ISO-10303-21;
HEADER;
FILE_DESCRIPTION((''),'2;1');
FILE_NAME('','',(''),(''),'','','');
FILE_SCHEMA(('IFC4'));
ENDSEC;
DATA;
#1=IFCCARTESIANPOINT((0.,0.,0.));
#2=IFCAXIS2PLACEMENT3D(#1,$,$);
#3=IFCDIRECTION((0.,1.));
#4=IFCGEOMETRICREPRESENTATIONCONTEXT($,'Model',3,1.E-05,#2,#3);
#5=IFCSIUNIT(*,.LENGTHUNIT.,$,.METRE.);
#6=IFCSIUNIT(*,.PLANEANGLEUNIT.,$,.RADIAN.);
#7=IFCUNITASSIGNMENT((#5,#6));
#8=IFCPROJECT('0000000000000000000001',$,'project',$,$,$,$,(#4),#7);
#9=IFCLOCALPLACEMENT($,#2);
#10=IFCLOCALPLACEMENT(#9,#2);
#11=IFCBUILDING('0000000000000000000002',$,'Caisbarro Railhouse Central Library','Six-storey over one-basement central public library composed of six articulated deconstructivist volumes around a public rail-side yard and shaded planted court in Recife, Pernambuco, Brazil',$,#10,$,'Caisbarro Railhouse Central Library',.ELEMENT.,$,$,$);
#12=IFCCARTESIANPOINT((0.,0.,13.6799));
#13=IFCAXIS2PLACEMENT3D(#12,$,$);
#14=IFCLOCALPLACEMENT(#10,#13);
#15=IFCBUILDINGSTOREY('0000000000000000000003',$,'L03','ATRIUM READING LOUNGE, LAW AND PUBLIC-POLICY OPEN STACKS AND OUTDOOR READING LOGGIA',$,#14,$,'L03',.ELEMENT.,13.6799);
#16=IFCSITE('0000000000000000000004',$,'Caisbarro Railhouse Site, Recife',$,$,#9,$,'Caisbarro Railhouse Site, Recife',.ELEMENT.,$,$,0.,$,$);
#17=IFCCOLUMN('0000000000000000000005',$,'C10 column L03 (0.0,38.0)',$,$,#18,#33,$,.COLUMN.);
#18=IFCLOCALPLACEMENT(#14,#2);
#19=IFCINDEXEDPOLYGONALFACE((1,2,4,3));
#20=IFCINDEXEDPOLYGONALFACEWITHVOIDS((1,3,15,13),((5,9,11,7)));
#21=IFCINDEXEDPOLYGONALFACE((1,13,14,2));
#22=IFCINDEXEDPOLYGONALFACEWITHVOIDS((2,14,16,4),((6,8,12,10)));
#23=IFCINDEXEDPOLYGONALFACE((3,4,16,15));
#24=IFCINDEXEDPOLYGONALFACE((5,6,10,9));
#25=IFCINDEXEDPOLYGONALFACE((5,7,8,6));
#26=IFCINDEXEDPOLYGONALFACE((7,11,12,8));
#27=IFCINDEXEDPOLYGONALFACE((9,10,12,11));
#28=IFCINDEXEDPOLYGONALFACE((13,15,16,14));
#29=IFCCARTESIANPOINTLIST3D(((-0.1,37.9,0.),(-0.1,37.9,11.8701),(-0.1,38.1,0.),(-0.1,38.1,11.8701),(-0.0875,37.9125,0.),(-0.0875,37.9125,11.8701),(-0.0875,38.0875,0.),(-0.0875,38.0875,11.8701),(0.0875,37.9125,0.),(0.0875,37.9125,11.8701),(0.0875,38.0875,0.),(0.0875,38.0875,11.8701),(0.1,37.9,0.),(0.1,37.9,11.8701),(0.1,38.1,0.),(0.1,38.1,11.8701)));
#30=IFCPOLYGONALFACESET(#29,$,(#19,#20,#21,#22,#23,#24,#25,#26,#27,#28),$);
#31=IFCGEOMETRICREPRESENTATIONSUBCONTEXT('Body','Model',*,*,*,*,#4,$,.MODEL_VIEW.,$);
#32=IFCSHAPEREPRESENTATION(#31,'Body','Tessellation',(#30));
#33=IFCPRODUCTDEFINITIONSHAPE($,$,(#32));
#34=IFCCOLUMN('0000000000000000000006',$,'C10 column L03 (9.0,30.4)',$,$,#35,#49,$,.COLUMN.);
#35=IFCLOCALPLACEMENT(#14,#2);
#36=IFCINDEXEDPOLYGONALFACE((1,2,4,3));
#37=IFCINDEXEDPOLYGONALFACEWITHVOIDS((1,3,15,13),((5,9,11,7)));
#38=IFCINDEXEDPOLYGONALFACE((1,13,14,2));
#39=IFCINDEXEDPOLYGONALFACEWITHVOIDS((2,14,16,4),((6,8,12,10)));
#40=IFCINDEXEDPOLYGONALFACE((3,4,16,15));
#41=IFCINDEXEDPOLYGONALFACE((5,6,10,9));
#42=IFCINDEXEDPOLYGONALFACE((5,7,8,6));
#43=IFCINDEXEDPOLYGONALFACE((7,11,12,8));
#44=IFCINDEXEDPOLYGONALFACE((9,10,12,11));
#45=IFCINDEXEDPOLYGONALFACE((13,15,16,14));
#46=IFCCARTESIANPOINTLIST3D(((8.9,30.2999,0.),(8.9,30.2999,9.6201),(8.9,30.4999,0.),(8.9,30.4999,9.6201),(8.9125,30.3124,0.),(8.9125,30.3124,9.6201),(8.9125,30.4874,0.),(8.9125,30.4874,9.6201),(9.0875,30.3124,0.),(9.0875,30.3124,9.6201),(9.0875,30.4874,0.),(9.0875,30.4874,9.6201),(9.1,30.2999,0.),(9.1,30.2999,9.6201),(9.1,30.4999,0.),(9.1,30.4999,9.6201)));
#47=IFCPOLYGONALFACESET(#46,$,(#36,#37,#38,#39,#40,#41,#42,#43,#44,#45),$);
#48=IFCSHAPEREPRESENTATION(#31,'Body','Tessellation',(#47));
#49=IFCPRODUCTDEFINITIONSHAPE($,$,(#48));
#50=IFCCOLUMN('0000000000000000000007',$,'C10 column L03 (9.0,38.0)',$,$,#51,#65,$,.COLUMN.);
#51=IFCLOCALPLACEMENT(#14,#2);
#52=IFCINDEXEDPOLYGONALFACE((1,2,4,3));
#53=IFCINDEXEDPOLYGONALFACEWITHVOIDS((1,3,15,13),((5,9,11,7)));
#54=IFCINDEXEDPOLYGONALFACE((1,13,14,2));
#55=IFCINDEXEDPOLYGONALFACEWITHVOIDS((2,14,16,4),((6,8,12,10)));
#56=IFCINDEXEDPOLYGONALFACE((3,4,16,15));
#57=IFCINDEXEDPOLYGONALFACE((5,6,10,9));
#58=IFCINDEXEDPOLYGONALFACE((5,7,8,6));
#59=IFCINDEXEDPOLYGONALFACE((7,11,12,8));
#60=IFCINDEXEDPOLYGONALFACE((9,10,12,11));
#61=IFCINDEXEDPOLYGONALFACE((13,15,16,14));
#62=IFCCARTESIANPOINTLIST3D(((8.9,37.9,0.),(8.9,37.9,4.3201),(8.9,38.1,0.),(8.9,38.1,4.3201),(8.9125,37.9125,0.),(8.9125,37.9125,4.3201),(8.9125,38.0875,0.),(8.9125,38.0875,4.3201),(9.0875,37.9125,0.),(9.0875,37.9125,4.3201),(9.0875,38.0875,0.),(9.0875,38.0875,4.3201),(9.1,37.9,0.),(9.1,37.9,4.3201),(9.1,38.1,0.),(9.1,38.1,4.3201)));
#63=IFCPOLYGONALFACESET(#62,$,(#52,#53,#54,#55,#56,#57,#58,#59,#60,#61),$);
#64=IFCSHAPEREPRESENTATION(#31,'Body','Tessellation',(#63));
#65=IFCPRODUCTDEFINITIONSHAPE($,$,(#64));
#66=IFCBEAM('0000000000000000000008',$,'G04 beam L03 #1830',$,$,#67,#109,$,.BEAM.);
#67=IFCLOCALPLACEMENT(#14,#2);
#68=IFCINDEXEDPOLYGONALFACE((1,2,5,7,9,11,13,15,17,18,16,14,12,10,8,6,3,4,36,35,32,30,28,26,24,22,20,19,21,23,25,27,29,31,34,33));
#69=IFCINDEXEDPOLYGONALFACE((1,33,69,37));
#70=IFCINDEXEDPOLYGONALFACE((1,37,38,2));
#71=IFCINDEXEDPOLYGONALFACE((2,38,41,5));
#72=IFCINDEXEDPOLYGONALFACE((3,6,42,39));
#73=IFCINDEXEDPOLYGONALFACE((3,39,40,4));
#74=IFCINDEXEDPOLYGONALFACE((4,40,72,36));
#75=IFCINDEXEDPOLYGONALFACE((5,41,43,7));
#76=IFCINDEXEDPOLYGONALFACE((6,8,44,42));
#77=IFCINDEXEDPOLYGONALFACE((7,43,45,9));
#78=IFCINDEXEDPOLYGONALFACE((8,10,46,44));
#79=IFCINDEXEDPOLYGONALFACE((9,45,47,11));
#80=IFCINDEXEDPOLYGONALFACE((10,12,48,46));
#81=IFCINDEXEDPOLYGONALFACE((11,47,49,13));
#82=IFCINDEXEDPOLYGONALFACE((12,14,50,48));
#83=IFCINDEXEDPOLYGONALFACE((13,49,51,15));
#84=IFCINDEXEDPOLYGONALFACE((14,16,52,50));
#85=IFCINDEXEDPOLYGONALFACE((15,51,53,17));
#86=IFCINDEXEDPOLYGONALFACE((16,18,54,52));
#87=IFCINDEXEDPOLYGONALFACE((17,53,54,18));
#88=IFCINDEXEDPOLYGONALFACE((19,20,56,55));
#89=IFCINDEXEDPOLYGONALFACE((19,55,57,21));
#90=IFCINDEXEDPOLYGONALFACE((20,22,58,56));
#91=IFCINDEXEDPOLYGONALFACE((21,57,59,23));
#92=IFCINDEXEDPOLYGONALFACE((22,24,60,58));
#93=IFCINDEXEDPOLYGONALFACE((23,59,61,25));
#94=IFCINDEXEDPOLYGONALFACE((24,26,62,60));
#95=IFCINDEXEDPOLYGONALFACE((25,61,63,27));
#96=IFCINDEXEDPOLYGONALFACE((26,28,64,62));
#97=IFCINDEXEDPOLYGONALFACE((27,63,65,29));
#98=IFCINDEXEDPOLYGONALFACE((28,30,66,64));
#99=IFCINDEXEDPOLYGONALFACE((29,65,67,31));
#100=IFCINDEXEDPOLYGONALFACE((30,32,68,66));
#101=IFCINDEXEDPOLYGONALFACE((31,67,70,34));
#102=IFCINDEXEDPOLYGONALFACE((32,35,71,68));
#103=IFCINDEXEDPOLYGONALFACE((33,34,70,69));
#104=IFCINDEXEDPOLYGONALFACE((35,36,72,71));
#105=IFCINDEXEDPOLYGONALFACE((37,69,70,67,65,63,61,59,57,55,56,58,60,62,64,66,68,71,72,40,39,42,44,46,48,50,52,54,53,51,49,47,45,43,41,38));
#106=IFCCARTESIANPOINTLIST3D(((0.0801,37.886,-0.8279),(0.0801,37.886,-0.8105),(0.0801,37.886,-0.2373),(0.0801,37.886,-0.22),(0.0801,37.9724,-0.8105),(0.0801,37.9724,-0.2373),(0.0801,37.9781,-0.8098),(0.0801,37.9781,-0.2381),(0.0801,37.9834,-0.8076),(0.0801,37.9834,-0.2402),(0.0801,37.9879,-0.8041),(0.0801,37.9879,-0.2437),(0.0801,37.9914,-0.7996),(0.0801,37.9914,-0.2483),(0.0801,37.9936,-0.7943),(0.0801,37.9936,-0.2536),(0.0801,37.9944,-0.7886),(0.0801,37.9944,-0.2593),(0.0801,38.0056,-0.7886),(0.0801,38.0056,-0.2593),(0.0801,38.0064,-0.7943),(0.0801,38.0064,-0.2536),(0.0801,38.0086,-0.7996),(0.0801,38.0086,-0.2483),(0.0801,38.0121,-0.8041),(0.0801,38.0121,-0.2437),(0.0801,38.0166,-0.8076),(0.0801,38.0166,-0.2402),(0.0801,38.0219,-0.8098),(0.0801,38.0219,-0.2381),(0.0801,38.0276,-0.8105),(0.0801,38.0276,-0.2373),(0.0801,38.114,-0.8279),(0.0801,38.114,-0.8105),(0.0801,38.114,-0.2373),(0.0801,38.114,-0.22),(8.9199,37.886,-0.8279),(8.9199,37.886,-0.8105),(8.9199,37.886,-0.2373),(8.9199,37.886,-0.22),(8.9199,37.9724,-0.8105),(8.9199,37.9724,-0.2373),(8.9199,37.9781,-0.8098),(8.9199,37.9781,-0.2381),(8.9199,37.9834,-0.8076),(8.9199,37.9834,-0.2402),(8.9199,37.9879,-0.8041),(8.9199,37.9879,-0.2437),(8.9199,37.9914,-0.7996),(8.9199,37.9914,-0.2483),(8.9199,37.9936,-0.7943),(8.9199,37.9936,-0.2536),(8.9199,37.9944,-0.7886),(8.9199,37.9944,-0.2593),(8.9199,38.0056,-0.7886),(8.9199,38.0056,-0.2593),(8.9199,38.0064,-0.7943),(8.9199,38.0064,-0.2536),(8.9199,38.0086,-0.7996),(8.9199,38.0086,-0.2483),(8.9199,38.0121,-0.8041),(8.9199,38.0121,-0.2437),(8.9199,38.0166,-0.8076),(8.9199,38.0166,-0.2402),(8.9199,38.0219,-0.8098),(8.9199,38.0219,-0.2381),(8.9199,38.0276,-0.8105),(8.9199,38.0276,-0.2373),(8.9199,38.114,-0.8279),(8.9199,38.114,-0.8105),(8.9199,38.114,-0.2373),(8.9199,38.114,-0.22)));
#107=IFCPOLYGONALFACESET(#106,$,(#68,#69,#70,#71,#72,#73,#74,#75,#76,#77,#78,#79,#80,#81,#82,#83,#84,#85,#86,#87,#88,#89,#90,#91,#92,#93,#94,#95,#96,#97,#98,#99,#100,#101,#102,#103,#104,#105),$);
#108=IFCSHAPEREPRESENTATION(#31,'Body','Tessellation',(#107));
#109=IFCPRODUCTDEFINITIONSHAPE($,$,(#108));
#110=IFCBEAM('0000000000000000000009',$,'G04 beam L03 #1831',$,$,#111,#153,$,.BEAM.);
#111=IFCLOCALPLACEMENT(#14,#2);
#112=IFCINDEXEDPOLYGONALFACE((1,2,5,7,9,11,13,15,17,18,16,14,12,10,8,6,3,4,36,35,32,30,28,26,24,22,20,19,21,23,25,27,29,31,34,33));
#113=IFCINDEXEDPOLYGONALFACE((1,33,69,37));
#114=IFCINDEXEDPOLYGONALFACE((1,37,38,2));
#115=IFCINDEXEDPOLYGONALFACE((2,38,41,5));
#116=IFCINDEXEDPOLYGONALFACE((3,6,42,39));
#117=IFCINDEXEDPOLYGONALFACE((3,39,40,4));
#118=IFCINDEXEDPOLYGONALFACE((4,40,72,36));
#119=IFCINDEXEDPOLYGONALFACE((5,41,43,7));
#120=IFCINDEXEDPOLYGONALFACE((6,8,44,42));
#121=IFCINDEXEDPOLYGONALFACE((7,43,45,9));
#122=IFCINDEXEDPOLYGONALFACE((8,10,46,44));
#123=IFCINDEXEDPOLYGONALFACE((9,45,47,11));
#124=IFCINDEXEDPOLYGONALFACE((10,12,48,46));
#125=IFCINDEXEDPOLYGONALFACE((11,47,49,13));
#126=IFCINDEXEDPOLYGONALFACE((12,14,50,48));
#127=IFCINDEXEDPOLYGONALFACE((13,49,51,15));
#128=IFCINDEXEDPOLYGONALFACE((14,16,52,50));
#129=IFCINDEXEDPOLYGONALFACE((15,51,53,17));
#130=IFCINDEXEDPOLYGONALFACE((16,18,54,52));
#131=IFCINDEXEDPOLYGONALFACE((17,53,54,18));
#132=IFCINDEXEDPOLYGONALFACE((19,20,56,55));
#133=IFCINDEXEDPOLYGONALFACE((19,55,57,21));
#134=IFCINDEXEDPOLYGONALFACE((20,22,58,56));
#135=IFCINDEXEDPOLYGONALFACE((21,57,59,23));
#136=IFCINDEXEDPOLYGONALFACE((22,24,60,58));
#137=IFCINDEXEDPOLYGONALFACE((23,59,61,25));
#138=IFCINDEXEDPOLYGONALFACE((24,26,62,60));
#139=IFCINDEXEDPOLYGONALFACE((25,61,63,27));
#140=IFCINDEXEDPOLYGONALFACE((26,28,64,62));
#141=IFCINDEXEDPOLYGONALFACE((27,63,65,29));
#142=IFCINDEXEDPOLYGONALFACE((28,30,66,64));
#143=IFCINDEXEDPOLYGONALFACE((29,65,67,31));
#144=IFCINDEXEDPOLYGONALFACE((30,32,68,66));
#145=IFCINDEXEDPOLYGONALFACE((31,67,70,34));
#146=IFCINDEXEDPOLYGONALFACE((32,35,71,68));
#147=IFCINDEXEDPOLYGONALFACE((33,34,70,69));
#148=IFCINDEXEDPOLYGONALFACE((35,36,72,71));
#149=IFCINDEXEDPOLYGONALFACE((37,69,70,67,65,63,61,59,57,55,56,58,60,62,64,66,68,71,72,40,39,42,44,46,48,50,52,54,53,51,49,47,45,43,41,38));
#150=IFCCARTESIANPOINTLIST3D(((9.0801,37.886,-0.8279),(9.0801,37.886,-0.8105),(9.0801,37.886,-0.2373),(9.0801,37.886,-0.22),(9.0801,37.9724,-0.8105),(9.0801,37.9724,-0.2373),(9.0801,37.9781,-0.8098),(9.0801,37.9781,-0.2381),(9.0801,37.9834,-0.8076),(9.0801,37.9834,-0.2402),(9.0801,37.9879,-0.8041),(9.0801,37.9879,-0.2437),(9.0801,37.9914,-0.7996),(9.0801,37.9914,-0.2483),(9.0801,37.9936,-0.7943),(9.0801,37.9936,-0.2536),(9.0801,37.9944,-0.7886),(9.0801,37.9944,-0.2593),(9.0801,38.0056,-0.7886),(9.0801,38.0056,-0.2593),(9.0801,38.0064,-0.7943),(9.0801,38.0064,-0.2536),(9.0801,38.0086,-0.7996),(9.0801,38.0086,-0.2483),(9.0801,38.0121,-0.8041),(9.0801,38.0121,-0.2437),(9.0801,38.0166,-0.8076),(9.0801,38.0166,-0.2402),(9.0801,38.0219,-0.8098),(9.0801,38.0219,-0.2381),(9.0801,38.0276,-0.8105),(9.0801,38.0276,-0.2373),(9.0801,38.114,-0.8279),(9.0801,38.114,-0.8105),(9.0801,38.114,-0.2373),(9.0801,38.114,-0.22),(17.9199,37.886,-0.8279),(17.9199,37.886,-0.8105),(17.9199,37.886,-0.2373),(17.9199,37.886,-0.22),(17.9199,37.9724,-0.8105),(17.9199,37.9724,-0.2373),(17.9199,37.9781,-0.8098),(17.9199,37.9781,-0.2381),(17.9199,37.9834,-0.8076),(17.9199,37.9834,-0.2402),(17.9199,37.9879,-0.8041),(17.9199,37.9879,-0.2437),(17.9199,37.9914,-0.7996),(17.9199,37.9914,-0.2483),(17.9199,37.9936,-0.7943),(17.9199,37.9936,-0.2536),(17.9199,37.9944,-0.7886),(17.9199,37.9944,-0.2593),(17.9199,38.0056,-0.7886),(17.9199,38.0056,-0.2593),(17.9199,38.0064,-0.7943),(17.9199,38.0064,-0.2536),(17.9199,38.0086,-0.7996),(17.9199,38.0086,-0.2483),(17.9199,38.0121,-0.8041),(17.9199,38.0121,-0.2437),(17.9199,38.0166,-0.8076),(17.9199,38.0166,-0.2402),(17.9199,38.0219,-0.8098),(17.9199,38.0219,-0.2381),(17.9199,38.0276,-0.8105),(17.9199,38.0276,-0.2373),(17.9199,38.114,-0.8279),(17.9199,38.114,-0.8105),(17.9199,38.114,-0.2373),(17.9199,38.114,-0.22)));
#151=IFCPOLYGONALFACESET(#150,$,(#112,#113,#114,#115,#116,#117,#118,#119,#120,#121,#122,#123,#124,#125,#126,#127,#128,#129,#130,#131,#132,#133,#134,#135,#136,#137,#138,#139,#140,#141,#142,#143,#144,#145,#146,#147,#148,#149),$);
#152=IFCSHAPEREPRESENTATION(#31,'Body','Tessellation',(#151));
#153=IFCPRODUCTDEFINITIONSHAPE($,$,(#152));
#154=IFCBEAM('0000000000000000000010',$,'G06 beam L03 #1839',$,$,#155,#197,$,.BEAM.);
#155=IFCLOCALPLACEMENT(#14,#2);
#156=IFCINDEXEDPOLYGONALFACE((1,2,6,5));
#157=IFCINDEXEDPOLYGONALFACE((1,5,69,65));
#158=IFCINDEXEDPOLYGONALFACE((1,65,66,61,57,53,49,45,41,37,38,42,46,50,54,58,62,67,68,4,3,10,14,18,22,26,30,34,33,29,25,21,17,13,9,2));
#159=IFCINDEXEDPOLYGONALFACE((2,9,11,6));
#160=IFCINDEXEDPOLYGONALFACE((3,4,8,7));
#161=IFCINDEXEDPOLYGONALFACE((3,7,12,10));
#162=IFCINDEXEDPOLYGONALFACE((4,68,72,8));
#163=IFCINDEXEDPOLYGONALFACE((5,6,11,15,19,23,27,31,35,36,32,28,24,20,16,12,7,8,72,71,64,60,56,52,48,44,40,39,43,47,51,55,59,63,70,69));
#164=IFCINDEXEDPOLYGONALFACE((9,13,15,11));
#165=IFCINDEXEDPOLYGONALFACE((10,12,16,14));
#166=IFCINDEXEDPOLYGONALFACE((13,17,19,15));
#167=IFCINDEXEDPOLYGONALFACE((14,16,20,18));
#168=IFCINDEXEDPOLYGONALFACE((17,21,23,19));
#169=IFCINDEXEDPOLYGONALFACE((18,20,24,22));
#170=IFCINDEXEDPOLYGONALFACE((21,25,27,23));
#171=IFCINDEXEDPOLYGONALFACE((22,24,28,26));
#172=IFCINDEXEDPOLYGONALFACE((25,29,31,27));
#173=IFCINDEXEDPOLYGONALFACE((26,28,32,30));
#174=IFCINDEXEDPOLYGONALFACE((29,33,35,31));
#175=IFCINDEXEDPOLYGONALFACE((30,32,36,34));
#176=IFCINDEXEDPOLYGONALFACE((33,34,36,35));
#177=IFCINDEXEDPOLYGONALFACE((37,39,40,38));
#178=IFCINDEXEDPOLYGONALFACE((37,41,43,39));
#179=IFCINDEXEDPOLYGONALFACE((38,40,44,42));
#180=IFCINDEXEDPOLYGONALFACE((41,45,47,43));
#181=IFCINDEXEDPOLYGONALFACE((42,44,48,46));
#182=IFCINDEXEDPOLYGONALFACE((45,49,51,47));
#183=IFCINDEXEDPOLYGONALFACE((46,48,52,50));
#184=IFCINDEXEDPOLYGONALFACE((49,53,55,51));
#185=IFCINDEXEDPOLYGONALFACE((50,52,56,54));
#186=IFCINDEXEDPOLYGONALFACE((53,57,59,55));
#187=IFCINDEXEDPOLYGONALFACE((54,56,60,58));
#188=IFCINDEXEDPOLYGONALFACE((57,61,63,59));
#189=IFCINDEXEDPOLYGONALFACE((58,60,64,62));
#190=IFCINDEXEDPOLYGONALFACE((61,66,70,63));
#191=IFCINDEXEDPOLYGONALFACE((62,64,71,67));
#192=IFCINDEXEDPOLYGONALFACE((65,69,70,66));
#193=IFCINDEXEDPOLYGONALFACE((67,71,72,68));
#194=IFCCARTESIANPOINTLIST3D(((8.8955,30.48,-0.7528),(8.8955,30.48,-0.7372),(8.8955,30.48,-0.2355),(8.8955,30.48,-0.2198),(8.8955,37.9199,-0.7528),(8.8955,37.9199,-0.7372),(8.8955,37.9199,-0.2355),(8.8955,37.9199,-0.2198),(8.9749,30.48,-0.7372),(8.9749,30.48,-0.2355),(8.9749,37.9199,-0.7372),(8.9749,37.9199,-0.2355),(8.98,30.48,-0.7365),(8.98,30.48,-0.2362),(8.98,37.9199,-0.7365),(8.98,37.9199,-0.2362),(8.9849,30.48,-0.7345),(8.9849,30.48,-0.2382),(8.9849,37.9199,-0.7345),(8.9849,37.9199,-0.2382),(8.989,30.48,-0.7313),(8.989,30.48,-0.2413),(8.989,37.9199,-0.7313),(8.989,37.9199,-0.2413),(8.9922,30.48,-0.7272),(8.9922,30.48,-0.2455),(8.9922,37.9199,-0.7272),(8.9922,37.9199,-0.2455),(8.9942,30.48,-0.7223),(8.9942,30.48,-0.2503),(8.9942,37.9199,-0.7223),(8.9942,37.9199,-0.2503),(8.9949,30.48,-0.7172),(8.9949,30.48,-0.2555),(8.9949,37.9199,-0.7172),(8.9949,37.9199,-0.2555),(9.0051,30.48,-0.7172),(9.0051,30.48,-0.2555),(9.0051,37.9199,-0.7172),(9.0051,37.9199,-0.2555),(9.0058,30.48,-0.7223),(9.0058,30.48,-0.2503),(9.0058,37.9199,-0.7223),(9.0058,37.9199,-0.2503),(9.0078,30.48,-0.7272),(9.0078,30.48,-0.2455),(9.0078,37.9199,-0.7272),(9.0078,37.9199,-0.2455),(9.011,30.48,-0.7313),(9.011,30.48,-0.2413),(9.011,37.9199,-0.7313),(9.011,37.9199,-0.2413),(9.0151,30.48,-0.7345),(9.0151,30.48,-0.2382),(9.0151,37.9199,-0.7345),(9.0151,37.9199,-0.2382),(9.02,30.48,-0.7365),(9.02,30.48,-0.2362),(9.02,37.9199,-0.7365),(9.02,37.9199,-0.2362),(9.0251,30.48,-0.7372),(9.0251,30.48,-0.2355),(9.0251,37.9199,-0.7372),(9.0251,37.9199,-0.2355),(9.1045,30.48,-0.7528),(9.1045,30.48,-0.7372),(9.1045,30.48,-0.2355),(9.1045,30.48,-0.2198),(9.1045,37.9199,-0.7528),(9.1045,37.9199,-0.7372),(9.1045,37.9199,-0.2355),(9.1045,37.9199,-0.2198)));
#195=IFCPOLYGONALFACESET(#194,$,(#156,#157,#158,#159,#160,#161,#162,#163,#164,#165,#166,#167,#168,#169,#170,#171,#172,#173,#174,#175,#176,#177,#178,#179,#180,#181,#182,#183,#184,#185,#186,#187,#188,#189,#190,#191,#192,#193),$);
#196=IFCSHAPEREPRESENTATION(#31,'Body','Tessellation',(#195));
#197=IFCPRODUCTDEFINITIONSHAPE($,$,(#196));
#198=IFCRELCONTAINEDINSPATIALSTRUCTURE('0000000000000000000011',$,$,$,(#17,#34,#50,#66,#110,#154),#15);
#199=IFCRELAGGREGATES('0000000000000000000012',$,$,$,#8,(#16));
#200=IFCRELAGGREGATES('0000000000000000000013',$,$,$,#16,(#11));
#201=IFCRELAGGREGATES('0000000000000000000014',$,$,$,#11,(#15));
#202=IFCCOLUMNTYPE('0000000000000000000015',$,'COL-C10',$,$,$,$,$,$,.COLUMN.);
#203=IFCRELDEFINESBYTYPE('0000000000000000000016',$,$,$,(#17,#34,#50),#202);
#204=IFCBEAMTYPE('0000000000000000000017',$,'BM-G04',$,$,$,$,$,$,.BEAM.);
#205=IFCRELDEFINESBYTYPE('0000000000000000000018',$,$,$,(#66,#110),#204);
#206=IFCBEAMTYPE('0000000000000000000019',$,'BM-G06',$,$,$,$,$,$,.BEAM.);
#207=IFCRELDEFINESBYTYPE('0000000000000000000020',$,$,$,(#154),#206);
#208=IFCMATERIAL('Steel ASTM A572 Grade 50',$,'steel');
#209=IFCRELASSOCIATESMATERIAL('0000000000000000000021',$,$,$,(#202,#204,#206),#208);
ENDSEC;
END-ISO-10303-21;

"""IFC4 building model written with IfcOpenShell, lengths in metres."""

from ifc_helpers import new_model, si_unit, direction, frame, origin, origin_2d, place, context, subcontext, project, spatial, hollow_rectangle, i_section, extrude, material, material_profile, profile_set, type_object, element, save


model = new_model("IFC4")

# Units and contexts
model_context = context("Model", 3, precision=1e-05, world=origin(), true_north=direction((0.0, 1.0)))
body_context = subcontext(model_context, "Body", "Model", "MODEL_VIEW")
ifc_project = project(units=[si_unit("LENGTHUNIT", "METRE"), si_unit("PLANEANGLEUNIT", "RADIAN")], contexts=[model_context])

# Site, building, storey
site_placement = place(None, origin())
site = spatial("IfcSite", under=ifc_project, at=site_placement, Name="Caisbarro Railhouse Site, Recife", LongName="Caisbarro Railhouse Site, Recife", CompositionType="ELEMENT", RefElevation=0.0)
building_placement = place(site_placement, origin())
building = spatial("IfcBuilding", under=site, at=building_placement, Name="Caisbarro Railhouse Central Library", Description="Six-storey over one-basement central public library composed of six articulated deconstructivist volumes around a public rail-side yard and shaded planted court in Recife, Pernambuco, Brazil", LongName="Caisbarro Railhouse Central Library", CompositionType="ELEMENT")
storey_placement = place(building_placement, frame((0.0, 0.0, 13.6799)))
storey = spatial("IfcBuildingStorey", under=building, at=storey_placement, Name="L03", Description="ATRIUM READING LOUNGE, LAW AND PUBLIC-POLICY OPEN STACKS AND OUTDOOR READING LOGGIA", LongName="L03", CompositionType="ELEMENT", Elevation=13.6799)

# Columns
ifc_material_1 = material(Name="Steel ASTM A572 Grade 50", Category="steel")
ifc_material_profile_1 = material_profile(ifc_material_1, hollow_rectangle(XDim=0.2, YDim=0.2, WallThickness=0.0125, at=origin_2d()), Name="HSS200X200X12.5")
ifc_profile_set_1 = profile_set([ifc_material_profile_1], Name="Steel ASTM A572 Grade 50")
column_type = type_object("IfcColumnType", Name="COL-C10", PredefinedType="COLUMN", material=ifc_profile_set_1)
column_1_placement = place(storey_placement, frame((0.0, 38.0, 0.0), z_axis=(0.0, 0.0, 1.0), x_axis=(1.0, 0.0, 0.0)))
element("IfcColumn", 1, at=column_1_placement, inside=storey, type_object=column_type, Name="C10 column L03 (0.0,38.0)", PredefinedType="COLUMN", context=body_context, shape_type="SweptSolid", body=[
    extrude(hollow_rectangle(XDim=0.2, YDim=0.2, WallThickness=0.0125, at=origin_2d()), origin(), (0.0, 0.0, 1.0), 11.8701),
])
column_2_placement = place(storey_placement, frame((9.0, 30.3999, 0.0), z_axis=(0.0, 0.0, 1.0), x_axis=(1.0, 0.0, 0.0)))
element("IfcColumn", 2, at=column_2_placement, inside=storey, type_object=column_type, Name="C10 column L03 (9.0,30.4)", PredefinedType="COLUMN", context=body_context, shape_type="SweptSolid", body=[
    extrude(hollow_rectangle(XDim=0.2, YDim=0.2, WallThickness=0.0125, at=origin_2d()), origin(), (0.0, 0.0, 1.0), 9.6201),
])
column_3_placement = place(storey_placement, frame((9.0, 38.0, 0.0), z_axis=(0.0, 0.0, 1.0), x_axis=(1.0, 0.0, 0.0)))
element("IfcColumn", 3, at=column_3_placement, inside=storey, type_object=column_type, Name="C10 column L03 (9.0,38.0)", PredefinedType="COLUMN", context=body_context, shape_type="SweptSolid", body=[
    extrude(hollow_rectangle(XDim=0.2, YDim=0.2, WallThickness=0.0125, at=origin_2d()), origin(), (0.0, 0.0, 1.0), 4.3201),
])

# Beams
ifc_material_profile_2 = material_profile(ifc_material_1, i_section(OverallWidth=0.228, OverallDepth=0.6079, WebThickness=0.0112, FlangeThickness=0.0173, FilletRadius=0.022, at=origin_2d()), Name="W610X113.0")
ifc_profile_set_2 = profile_set([ifc_material_profile_2], Name="Steel ASTM A572 Grade 50")
beam_type_1 = type_object("IfcBeamType", Name="BM-G04", PredefinedType="BEAM", material=ifc_profile_set_2)
for number, where, z_axis, x_axis, name in (
    (4, (0.0801, 38.0, -0.5239), (1.0, 0.0, 0.0), (0.0, 1.0, 0.0), "G04 beam L03 #1830"),
    (5, (9.0801, 38.0, -0.5239), (1.0, 0.0, 0.0), (0.0, 1.0, 0.0), "G04 beam L03 #1831"),
):
    element("IfcBeam", number, at=place(storey_placement, frame(where, z_axis=z_axis, x_axis=x_axis)), inside=storey, type_object=beam_type_1, Name=name, PredefinedType="BEAM", context=body_context, shape_type="SweptSolid", body=[
        extrude(i_section(OverallWidth=0.228, OverallDepth=0.6079, WebThickness=0.0112, FlangeThickness=0.0173, FilletRadius=0.022, at=origin_2d()), origin(), (0.0, 0.0, 1.0), 8.8398),
    ])
ifc_material_profile_3 = material_profile(ifc_material_1, i_section(OverallWidth=0.209, OverallDepth=0.533, WebThickness=0.0103, FlangeThickness=0.0156, FilletRadius=0.02, at=origin_2d()), Name="W530X92.0")
ifc_profile_set_3 = profile_set([ifc_material_profile_3], Name="Steel ASTM A572 Grade 50")
beam_type_2 = type_object("IfcBeamType", Name="BM-G06", PredefinedType="BEAM", material=ifc_profile_set_3)
for number, where, z_axis, x_axis, name in (
    (6, (9.0, 30.48, -0.4863), (0.0, 1.0, 0.0), (-1.0, 0.0, 0.0), "G06 beam L03 #1839"),
):
    element("IfcBeam", number, at=place(storey_placement, frame(where, z_axis=z_axis, x_axis=x_axis)), inside=storey, type_object=beam_type_2, Name=name, PredefinedType="BEAM", context=body_context, shape_type="SweptSolid", body=[
        extrude(i_section(OverallWidth=0.209, OverallDepth=0.533, WebThickness=0.0103, FlangeThickness=0.0156, FilletRadius=0.02, at=origin_2d()), origin(), (0.0, 0.0, 1.0), 7.4399),
    ])

save(model, "model.ifc")
